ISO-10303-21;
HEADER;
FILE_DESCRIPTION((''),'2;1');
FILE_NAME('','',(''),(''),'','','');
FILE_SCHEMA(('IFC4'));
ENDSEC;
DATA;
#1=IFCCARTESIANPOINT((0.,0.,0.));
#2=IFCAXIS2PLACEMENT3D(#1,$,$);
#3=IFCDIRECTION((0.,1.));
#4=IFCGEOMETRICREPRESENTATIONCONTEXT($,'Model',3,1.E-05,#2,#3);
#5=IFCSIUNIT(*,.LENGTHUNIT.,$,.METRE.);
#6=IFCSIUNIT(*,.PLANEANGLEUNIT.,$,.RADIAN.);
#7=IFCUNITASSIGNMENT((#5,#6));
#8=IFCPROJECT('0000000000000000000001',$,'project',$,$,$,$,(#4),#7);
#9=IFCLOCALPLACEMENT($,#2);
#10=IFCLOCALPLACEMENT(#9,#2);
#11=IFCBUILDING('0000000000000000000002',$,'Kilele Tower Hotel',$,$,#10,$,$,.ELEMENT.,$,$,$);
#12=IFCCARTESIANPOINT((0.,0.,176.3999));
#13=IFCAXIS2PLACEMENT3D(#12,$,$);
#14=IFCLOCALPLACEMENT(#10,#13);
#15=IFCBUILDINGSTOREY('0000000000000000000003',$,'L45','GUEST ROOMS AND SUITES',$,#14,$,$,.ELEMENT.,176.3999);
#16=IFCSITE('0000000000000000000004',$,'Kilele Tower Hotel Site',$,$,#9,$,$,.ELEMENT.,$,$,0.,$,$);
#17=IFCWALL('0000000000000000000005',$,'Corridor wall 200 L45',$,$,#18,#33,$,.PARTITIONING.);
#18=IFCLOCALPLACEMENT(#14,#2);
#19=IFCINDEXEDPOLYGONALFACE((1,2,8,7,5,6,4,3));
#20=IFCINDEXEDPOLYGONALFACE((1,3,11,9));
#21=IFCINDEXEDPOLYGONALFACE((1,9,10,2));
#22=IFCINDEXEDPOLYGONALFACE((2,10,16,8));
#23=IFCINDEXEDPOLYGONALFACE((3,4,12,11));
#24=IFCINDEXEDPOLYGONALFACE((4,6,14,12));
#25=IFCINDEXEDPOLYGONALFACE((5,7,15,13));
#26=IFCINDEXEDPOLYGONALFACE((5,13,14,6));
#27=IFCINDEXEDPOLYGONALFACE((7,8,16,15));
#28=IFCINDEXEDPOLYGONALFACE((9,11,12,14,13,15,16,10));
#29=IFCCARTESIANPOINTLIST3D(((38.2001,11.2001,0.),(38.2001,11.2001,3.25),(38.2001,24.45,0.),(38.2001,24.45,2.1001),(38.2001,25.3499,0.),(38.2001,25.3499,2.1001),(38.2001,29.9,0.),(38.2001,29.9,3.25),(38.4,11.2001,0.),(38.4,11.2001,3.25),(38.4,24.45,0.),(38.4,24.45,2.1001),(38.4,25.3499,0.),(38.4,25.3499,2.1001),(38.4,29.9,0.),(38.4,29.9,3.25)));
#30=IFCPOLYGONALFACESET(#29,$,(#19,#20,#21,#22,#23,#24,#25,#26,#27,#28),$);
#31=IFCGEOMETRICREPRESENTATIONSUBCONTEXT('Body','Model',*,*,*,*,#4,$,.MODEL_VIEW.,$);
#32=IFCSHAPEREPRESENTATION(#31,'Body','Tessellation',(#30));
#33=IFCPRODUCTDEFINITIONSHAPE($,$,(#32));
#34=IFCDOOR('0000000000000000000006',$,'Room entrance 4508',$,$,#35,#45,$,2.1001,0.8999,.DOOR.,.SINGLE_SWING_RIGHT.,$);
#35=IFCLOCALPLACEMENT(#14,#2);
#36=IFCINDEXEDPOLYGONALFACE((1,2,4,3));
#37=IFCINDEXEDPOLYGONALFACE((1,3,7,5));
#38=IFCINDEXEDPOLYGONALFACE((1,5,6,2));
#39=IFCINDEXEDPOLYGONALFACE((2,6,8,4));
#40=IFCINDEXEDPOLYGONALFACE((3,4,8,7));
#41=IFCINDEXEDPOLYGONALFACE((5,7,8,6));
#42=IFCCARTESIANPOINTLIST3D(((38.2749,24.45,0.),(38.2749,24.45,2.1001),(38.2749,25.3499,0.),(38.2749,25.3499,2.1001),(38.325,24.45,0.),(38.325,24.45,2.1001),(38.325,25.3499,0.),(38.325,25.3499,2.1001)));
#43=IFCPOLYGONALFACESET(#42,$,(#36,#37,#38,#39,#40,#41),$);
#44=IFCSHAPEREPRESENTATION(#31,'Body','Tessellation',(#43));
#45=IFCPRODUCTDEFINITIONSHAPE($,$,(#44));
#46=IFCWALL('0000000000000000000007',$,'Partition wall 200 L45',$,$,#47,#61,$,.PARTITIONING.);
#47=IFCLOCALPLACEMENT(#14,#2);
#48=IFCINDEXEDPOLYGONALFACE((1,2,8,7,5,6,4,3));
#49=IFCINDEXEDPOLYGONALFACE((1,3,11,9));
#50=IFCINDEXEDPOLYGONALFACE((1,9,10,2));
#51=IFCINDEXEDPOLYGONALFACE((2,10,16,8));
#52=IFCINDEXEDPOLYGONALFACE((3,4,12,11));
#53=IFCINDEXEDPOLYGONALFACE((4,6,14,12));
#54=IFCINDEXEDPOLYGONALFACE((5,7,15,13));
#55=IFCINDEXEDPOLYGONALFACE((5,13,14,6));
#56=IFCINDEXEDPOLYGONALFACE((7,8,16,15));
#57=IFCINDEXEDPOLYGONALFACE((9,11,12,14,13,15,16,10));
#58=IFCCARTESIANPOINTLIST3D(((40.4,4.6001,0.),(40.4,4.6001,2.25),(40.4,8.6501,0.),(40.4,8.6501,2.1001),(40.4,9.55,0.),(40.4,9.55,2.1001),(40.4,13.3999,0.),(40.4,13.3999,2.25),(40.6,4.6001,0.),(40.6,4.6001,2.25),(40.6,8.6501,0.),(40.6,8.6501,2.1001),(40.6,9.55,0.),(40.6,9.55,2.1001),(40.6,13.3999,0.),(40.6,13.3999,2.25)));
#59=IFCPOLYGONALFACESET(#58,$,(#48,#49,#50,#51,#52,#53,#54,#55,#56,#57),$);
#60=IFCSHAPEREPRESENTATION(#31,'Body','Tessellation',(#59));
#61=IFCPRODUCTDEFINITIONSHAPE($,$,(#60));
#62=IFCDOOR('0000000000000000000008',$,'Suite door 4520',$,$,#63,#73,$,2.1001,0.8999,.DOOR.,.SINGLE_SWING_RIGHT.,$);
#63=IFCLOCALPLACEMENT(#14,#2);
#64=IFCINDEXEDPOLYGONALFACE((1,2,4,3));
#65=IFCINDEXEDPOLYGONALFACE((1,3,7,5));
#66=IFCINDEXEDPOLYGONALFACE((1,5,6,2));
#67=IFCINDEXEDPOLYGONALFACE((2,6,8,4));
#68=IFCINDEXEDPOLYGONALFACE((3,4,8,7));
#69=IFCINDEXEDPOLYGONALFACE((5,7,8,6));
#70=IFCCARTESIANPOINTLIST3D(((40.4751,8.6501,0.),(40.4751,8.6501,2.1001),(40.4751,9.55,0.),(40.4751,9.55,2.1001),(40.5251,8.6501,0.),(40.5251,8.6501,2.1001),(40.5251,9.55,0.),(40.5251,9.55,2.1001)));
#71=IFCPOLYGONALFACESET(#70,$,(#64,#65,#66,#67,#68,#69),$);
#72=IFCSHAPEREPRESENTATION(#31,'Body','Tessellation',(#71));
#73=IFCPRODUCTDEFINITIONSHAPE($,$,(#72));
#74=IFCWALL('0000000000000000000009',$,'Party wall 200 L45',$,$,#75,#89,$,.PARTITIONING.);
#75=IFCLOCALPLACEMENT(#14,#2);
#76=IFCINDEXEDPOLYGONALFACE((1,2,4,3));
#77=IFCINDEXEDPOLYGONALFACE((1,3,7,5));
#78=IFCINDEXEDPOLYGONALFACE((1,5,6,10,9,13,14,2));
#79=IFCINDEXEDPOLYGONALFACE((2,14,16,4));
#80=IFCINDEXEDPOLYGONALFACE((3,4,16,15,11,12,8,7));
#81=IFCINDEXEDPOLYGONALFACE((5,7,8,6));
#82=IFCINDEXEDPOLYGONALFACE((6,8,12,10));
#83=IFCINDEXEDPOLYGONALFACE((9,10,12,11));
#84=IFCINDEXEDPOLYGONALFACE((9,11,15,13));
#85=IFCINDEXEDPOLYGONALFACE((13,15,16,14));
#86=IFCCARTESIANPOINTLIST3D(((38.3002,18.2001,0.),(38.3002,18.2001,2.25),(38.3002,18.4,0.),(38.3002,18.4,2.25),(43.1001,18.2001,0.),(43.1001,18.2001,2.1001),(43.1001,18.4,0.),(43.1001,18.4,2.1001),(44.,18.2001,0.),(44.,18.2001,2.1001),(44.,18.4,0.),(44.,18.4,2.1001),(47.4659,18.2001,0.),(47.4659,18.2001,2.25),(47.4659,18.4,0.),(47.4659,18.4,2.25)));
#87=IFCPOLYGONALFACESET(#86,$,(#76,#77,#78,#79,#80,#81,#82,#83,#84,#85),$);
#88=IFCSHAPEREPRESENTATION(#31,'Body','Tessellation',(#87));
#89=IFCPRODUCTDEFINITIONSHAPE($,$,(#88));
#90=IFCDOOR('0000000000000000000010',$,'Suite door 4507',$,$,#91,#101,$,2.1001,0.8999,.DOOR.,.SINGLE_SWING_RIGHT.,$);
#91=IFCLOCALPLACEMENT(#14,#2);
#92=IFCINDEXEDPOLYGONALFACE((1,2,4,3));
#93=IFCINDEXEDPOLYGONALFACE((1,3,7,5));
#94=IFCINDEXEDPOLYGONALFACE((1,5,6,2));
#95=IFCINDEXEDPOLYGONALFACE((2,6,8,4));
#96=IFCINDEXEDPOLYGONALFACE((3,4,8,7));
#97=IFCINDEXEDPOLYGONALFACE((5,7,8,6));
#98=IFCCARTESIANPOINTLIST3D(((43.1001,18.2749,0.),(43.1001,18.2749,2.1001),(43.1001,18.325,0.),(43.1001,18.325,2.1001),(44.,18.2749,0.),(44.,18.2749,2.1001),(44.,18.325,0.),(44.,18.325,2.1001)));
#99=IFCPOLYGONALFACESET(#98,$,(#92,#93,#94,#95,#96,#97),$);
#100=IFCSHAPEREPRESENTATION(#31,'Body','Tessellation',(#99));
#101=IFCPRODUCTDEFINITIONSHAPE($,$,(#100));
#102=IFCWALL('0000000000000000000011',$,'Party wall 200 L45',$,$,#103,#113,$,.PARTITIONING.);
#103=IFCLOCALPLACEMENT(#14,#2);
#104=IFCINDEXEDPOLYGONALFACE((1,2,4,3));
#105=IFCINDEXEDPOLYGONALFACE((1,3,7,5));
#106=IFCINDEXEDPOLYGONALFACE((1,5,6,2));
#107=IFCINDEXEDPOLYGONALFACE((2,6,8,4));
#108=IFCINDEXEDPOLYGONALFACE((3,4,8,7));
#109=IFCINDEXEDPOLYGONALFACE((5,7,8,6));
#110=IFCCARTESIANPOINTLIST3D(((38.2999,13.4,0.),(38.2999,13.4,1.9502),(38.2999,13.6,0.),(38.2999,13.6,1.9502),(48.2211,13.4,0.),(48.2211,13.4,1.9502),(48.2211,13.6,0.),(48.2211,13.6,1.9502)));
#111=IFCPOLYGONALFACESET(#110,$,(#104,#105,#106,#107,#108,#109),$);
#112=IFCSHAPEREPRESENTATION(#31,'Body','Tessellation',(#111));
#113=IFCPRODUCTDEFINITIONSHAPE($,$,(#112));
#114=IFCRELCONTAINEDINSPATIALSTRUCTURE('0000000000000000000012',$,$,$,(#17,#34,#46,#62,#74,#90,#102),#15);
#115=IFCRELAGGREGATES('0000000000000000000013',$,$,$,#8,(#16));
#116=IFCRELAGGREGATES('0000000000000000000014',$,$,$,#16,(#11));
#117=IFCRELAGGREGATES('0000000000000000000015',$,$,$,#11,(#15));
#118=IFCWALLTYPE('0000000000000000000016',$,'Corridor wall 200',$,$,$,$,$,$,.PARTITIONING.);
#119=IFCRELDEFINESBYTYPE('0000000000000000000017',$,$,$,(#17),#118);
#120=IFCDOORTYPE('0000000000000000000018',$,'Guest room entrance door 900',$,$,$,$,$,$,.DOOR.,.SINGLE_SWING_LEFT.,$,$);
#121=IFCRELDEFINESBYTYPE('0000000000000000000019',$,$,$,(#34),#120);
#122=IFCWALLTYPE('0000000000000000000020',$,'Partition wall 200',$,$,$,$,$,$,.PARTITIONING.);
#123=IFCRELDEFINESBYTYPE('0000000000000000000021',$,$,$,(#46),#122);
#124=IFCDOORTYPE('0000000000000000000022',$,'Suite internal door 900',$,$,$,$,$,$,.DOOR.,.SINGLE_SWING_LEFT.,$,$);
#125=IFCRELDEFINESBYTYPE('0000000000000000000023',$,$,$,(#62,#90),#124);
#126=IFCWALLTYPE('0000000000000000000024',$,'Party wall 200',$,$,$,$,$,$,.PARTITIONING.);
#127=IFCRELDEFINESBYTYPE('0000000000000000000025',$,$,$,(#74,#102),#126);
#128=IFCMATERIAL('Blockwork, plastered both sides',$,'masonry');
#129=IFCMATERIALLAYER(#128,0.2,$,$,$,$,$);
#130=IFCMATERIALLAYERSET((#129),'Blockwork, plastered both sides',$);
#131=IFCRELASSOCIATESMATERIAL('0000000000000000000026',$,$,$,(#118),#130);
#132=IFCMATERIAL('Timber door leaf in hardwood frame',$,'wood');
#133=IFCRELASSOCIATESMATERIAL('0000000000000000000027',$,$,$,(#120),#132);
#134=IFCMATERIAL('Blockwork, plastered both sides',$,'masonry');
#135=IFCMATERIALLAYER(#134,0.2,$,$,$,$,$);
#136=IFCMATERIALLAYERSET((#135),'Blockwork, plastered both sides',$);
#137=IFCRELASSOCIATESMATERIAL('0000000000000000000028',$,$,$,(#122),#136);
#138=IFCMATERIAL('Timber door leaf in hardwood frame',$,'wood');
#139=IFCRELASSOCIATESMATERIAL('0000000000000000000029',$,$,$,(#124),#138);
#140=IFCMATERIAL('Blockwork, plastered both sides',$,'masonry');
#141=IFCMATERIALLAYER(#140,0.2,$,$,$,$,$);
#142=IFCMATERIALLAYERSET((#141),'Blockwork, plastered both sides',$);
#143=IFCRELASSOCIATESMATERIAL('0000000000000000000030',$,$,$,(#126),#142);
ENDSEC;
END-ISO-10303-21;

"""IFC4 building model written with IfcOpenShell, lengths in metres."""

from ifc_helpers import new_model, si_unit, direction, frame, frame_2d, origin, place, context, subcontext, project, spatial, rectangle, extrude, material, layer, layer_set, type_object, element, fill, save


model = new_model("IFC4")

# Units and contexts
model_context = context("Model", 3, precision=1e-05, world=origin(), true_north=direction((0.0, 1.0)))
body_context = subcontext(model_context, "Body", "Model", "MODEL_VIEW")
ifc_project = project(units=[si_unit("LENGTHUNIT", "METRE"), si_unit("PLANEANGLEUNIT", "RADIAN")], contexts=[model_context])

# Site, building, storey
site_placement = place(None, origin())
site = spatial("IfcSite", under=ifc_project, at=site_placement, Name="Kilele Tower Hotel Site", CompositionType="ELEMENT", RefElevation=0.0)
building_placement = place(site_placement, origin())
building = spatial("IfcBuilding", under=site, at=building_placement, Name="Kilele Tower Hotel", CompositionType="ELEMENT")
storey_placement = place(building_placement, frame((0.0, 0.0, 176.3999)))
storey = spatial("IfcBuildingStorey", under=building, at=storey_placement, Name="L45", Description="GUEST ROOMS AND SUITES", CompositionType="ELEMENT", Elevation=176.3999)

# Walls, openings, doors
ifc_material_1 = material(Name="Blockwork, plastered both sides", Category="masonry")
ifc_layer_1 = layer(ifc_material_1, 0.2)
ifc_layer_set_1 = layer_set([ifc_layer_1], Name="Blockwork, plastered both sides")
wall_type_1 = type_object("IfcWallType", Name="Corridor wall 200", PredefinedType="PARTITIONING", material=ifc_layer_set_1)
wall_1_placement = place(storey_placement, frame((38.3, 11.2, 0.0), z_axis=(0.0, 0.0, 1.0), x_axis=(0.0, 1.0, 0.0)))
wall_1 = element("IfcWall", 1, at=wall_1_placement, inside=storey, type_object=wall_type_1, Name="Corridor wall 200 L45", PredefinedType="PARTITIONING", context=body_context, shape_type="SweptSolid", body=[
    extrude(rectangle(XDim=18.7, YDim=0.2, at=frame_2d((9.3501, 0.0))), origin(), (0.0, 0.0, 1.0), 3.25),
])
opening_1_placement = place(wall_1_placement, frame((14.1499, 0.0, 0.0), z_axis=(0.0, 0.0, 1.0), x_axis=(-1.0, 0.0, 0.0)))
opening_1 = element("IfcOpeningElement", 2, at=opening_1_placement, cuts=wall_1, PredefinedType="OPENING", context=body_context, shape_type="SweptSolid", body=[
    extrude(rectangle(XDim=0.8999, YDim=2.1001, at=frame_2d((0.45, 1.05))), frame((0.0, 0.1099, 0.0), z_axis=(0.0, -1.0, 0.0), x_axis=(1.0, 0.0, 0.0)), (0.0, 0.0, 1.0), 0.22),
])
ifc_material_2 = material(Name="Timber door leaf in hardwood frame", Category="wood")
door_type_1 = type_object("IfcDoorType", Name="Guest room entrance door 900", OperationType="SINGLE_SWING_LEFT", PredefinedType="DOOR", material=ifc_material_2)
door_1_placement = place(opening_1_placement, origin())
door_1 = element("IfcDoor", 3, at=door_1_placement, inside=storey, type_object=door_type_1, Name="Room entrance 4508", OperationType="SINGLE_SWING_RIGHT", OverallHeight=2.1001, OverallWidth=0.8999, PredefinedType="DOOR", context=body_context, shape_type="SweptSolid", body=[
    extrude(rectangle(XDim=0.8999, YDim=2.1001, at=frame_2d((0.45, 1.05))), frame((0.0, 0.0249, 0.0), z_axis=(0.0, -1.0, 0.0), x_axis=(1.0, 0.0, 0.0)), (0.0, 0.0, 1.0), 0.05),
])
fill(opening_1, door_1)
ifc_material_3 = material(Name="Blockwork, plastered both sides", Category="masonry")
ifc_layer_2 = layer(ifc_material_3, 0.2)
ifc_layer_set_2 = layer_set([ifc_layer_2], Name="Blockwork, plastered both sides")
wall_type_2 = type_object("IfcWallType", Name="Partition wall 200", PredefinedType="PARTITIONING", material=ifc_layer_set_2)
wall_2_placement = place(storey_placement, frame((40.5, 4.6001, 0.0), z_axis=(0.0, 0.0, 1.0), x_axis=(0.0, 1.0, 0.0)))
wall_2 = element("IfcWall", 4, at=wall_2_placement, inside=storey, type_object=wall_type_2, Name="Partition wall 200 L45", PredefinedType="PARTITIONING", context=body_context, shape_type="SweptSolid", body=[
    extrude(rectangle(XDim=8.7998, YDim=0.2, at=frame_2d((4.3999, 0.0))), origin(), (0.0, 0.0, 1.0), 2.25),
])
opening_2_placement = place(wall_2_placement, frame((4.05, 0.0, 0.0)))
opening_2 = element("IfcOpeningElement", 5, at=opening_2_placement, cuts=wall_2, PredefinedType="OPENING", context=body_context, shape_type="SweptSolid", body=[
    extrude(rectangle(XDim=0.8999, YDim=2.1001, at=frame_2d((0.45, 1.05))), frame((0.0, 0.1099, 0.0), z_axis=(0.0, -1.0, 0.0), x_axis=(1.0, 0.0, 0.0)), (0.0, 0.0, 1.0), 0.22),
])
ifc_material_4 = material(Name="Timber door leaf in hardwood frame", Category="wood")
door_type_2 = type_object("IfcDoorType", Name="Suite internal door 900", OperationType="SINGLE_SWING_LEFT", PredefinedType="DOOR", material=ifc_material_4)
door_2_placement = place(opening_2_placement, origin())
door_2 = element("IfcDoor", 6, at=door_2_placement, inside=storey, type_object=door_type_2, Name="Suite door 4520", OperationType="SINGLE_SWING_RIGHT", OverallHeight=2.1001, OverallWidth=0.8999, PredefinedType="DOOR", context=body_context, shape_type="SweptSolid", body=[
    extrude(rectangle(XDim=0.8999, YDim=2.1001, at=frame_2d((0.45, 1.05))), frame((0.0, 0.0249, 0.0), z_axis=(0.0, -1.0, 0.0), x_axis=(1.0, 0.0, 0.0)), (0.0, 0.0, 1.0), 0.05),
])
fill(opening_2, door_2)
ifc_material_5 = material(Name="Blockwork, plastered both sides", Category="masonry")
ifc_layer_3 = layer(ifc_material_5, 0.2)
ifc_layer_set_3 = layer_set([ifc_layer_3], Name="Blockwork, plastered both sides")
wall_type_3 = type_object("IfcWallType", Name="Party wall 200", PredefinedType="PARTITIONING", material=ifc_layer_set_3)
wall_3_placement = place(storey_placement, frame((38.3, 18.3, 0.0), z_axis=(0.0, 0.0, 1.0), x_axis=(1.0, 0.0, 0.0)))
wall_3 = element("IfcWall", 7, at=wall_3_placement, inside=storey, type_object=wall_type_3, Name="Party wall 200 L45", PredefinedType="PARTITIONING", context=body_context, shape_type="SweptSolid", body=[
    extrude(rectangle(XDim=9.1658, YDim=0.2, at=frame_2d((4.583, 0.0))), origin(), (0.0, 0.0, 1.0), 2.25),
])
opening_3_placement = place(wall_3_placement, frame((4.8, 0.0, 0.0)))
opening_3 = element("IfcOpeningElement", 8, at=opening_3_placement, cuts=wall_3, PredefinedType="OPENING", context=body_context, shape_type="SweptSolid", body=[
    extrude(rectangle(XDim=0.8999, YDim=2.1001, at=frame_2d((0.45, 1.05))), frame((0.0, 0.1099, 0.0), z_axis=(0.0, -1.0, 0.0), x_axis=(1.0, 0.0, 0.0)), (0.0, 0.0, 1.0), 0.22),
])
door_3_placement = place(opening_3_placement, origin())
door_3 = element("IfcDoor", 9, at=door_3_placement, inside=storey, type_object=door_type_2, Name="Suite door 4507", OperationType="SINGLE_SWING_RIGHT", OverallHeight=2.1001, OverallWidth=0.8999, PredefinedType="DOOR", context=body_context, shape_type="SweptSolid", body=[
    extrude(rectangle(XDim=0.8999, YDim=2.1001, at=frame_2d((0.45, 1.05))), frame((0.0, 0.0249, 0.0), z_axis=(0.0, -1.0, 0.0), x_axis=(1.0, 0.0, 0.0)), (0.0, 0.0, 1.0), 0.05),
])
fill(opening_3, door_3)

# Wall
wall_4_placement = place(storey_placement, frame((38.3, 13.5, 0.0), z_axis=(0.0, 0.0, 1.0), x_axis=(1.0, 0.0, 0.0)))
element("IfcWall", 10, at=wall_4_placement, inside=storey, type_object=wall_type_3, Name="Party wall 200 L45", PredefinedType="PARTITIONING", context=body_context, shape_type="SweptSolid", body=[
    extrude(rectangle(XDim=9.9211, YDim=0.2, at=frame_2d((4.9604, 0.0))), origin(), (0.0, 0.0, 1.0), 1.9502),
])

save(model, "model.ifc")
